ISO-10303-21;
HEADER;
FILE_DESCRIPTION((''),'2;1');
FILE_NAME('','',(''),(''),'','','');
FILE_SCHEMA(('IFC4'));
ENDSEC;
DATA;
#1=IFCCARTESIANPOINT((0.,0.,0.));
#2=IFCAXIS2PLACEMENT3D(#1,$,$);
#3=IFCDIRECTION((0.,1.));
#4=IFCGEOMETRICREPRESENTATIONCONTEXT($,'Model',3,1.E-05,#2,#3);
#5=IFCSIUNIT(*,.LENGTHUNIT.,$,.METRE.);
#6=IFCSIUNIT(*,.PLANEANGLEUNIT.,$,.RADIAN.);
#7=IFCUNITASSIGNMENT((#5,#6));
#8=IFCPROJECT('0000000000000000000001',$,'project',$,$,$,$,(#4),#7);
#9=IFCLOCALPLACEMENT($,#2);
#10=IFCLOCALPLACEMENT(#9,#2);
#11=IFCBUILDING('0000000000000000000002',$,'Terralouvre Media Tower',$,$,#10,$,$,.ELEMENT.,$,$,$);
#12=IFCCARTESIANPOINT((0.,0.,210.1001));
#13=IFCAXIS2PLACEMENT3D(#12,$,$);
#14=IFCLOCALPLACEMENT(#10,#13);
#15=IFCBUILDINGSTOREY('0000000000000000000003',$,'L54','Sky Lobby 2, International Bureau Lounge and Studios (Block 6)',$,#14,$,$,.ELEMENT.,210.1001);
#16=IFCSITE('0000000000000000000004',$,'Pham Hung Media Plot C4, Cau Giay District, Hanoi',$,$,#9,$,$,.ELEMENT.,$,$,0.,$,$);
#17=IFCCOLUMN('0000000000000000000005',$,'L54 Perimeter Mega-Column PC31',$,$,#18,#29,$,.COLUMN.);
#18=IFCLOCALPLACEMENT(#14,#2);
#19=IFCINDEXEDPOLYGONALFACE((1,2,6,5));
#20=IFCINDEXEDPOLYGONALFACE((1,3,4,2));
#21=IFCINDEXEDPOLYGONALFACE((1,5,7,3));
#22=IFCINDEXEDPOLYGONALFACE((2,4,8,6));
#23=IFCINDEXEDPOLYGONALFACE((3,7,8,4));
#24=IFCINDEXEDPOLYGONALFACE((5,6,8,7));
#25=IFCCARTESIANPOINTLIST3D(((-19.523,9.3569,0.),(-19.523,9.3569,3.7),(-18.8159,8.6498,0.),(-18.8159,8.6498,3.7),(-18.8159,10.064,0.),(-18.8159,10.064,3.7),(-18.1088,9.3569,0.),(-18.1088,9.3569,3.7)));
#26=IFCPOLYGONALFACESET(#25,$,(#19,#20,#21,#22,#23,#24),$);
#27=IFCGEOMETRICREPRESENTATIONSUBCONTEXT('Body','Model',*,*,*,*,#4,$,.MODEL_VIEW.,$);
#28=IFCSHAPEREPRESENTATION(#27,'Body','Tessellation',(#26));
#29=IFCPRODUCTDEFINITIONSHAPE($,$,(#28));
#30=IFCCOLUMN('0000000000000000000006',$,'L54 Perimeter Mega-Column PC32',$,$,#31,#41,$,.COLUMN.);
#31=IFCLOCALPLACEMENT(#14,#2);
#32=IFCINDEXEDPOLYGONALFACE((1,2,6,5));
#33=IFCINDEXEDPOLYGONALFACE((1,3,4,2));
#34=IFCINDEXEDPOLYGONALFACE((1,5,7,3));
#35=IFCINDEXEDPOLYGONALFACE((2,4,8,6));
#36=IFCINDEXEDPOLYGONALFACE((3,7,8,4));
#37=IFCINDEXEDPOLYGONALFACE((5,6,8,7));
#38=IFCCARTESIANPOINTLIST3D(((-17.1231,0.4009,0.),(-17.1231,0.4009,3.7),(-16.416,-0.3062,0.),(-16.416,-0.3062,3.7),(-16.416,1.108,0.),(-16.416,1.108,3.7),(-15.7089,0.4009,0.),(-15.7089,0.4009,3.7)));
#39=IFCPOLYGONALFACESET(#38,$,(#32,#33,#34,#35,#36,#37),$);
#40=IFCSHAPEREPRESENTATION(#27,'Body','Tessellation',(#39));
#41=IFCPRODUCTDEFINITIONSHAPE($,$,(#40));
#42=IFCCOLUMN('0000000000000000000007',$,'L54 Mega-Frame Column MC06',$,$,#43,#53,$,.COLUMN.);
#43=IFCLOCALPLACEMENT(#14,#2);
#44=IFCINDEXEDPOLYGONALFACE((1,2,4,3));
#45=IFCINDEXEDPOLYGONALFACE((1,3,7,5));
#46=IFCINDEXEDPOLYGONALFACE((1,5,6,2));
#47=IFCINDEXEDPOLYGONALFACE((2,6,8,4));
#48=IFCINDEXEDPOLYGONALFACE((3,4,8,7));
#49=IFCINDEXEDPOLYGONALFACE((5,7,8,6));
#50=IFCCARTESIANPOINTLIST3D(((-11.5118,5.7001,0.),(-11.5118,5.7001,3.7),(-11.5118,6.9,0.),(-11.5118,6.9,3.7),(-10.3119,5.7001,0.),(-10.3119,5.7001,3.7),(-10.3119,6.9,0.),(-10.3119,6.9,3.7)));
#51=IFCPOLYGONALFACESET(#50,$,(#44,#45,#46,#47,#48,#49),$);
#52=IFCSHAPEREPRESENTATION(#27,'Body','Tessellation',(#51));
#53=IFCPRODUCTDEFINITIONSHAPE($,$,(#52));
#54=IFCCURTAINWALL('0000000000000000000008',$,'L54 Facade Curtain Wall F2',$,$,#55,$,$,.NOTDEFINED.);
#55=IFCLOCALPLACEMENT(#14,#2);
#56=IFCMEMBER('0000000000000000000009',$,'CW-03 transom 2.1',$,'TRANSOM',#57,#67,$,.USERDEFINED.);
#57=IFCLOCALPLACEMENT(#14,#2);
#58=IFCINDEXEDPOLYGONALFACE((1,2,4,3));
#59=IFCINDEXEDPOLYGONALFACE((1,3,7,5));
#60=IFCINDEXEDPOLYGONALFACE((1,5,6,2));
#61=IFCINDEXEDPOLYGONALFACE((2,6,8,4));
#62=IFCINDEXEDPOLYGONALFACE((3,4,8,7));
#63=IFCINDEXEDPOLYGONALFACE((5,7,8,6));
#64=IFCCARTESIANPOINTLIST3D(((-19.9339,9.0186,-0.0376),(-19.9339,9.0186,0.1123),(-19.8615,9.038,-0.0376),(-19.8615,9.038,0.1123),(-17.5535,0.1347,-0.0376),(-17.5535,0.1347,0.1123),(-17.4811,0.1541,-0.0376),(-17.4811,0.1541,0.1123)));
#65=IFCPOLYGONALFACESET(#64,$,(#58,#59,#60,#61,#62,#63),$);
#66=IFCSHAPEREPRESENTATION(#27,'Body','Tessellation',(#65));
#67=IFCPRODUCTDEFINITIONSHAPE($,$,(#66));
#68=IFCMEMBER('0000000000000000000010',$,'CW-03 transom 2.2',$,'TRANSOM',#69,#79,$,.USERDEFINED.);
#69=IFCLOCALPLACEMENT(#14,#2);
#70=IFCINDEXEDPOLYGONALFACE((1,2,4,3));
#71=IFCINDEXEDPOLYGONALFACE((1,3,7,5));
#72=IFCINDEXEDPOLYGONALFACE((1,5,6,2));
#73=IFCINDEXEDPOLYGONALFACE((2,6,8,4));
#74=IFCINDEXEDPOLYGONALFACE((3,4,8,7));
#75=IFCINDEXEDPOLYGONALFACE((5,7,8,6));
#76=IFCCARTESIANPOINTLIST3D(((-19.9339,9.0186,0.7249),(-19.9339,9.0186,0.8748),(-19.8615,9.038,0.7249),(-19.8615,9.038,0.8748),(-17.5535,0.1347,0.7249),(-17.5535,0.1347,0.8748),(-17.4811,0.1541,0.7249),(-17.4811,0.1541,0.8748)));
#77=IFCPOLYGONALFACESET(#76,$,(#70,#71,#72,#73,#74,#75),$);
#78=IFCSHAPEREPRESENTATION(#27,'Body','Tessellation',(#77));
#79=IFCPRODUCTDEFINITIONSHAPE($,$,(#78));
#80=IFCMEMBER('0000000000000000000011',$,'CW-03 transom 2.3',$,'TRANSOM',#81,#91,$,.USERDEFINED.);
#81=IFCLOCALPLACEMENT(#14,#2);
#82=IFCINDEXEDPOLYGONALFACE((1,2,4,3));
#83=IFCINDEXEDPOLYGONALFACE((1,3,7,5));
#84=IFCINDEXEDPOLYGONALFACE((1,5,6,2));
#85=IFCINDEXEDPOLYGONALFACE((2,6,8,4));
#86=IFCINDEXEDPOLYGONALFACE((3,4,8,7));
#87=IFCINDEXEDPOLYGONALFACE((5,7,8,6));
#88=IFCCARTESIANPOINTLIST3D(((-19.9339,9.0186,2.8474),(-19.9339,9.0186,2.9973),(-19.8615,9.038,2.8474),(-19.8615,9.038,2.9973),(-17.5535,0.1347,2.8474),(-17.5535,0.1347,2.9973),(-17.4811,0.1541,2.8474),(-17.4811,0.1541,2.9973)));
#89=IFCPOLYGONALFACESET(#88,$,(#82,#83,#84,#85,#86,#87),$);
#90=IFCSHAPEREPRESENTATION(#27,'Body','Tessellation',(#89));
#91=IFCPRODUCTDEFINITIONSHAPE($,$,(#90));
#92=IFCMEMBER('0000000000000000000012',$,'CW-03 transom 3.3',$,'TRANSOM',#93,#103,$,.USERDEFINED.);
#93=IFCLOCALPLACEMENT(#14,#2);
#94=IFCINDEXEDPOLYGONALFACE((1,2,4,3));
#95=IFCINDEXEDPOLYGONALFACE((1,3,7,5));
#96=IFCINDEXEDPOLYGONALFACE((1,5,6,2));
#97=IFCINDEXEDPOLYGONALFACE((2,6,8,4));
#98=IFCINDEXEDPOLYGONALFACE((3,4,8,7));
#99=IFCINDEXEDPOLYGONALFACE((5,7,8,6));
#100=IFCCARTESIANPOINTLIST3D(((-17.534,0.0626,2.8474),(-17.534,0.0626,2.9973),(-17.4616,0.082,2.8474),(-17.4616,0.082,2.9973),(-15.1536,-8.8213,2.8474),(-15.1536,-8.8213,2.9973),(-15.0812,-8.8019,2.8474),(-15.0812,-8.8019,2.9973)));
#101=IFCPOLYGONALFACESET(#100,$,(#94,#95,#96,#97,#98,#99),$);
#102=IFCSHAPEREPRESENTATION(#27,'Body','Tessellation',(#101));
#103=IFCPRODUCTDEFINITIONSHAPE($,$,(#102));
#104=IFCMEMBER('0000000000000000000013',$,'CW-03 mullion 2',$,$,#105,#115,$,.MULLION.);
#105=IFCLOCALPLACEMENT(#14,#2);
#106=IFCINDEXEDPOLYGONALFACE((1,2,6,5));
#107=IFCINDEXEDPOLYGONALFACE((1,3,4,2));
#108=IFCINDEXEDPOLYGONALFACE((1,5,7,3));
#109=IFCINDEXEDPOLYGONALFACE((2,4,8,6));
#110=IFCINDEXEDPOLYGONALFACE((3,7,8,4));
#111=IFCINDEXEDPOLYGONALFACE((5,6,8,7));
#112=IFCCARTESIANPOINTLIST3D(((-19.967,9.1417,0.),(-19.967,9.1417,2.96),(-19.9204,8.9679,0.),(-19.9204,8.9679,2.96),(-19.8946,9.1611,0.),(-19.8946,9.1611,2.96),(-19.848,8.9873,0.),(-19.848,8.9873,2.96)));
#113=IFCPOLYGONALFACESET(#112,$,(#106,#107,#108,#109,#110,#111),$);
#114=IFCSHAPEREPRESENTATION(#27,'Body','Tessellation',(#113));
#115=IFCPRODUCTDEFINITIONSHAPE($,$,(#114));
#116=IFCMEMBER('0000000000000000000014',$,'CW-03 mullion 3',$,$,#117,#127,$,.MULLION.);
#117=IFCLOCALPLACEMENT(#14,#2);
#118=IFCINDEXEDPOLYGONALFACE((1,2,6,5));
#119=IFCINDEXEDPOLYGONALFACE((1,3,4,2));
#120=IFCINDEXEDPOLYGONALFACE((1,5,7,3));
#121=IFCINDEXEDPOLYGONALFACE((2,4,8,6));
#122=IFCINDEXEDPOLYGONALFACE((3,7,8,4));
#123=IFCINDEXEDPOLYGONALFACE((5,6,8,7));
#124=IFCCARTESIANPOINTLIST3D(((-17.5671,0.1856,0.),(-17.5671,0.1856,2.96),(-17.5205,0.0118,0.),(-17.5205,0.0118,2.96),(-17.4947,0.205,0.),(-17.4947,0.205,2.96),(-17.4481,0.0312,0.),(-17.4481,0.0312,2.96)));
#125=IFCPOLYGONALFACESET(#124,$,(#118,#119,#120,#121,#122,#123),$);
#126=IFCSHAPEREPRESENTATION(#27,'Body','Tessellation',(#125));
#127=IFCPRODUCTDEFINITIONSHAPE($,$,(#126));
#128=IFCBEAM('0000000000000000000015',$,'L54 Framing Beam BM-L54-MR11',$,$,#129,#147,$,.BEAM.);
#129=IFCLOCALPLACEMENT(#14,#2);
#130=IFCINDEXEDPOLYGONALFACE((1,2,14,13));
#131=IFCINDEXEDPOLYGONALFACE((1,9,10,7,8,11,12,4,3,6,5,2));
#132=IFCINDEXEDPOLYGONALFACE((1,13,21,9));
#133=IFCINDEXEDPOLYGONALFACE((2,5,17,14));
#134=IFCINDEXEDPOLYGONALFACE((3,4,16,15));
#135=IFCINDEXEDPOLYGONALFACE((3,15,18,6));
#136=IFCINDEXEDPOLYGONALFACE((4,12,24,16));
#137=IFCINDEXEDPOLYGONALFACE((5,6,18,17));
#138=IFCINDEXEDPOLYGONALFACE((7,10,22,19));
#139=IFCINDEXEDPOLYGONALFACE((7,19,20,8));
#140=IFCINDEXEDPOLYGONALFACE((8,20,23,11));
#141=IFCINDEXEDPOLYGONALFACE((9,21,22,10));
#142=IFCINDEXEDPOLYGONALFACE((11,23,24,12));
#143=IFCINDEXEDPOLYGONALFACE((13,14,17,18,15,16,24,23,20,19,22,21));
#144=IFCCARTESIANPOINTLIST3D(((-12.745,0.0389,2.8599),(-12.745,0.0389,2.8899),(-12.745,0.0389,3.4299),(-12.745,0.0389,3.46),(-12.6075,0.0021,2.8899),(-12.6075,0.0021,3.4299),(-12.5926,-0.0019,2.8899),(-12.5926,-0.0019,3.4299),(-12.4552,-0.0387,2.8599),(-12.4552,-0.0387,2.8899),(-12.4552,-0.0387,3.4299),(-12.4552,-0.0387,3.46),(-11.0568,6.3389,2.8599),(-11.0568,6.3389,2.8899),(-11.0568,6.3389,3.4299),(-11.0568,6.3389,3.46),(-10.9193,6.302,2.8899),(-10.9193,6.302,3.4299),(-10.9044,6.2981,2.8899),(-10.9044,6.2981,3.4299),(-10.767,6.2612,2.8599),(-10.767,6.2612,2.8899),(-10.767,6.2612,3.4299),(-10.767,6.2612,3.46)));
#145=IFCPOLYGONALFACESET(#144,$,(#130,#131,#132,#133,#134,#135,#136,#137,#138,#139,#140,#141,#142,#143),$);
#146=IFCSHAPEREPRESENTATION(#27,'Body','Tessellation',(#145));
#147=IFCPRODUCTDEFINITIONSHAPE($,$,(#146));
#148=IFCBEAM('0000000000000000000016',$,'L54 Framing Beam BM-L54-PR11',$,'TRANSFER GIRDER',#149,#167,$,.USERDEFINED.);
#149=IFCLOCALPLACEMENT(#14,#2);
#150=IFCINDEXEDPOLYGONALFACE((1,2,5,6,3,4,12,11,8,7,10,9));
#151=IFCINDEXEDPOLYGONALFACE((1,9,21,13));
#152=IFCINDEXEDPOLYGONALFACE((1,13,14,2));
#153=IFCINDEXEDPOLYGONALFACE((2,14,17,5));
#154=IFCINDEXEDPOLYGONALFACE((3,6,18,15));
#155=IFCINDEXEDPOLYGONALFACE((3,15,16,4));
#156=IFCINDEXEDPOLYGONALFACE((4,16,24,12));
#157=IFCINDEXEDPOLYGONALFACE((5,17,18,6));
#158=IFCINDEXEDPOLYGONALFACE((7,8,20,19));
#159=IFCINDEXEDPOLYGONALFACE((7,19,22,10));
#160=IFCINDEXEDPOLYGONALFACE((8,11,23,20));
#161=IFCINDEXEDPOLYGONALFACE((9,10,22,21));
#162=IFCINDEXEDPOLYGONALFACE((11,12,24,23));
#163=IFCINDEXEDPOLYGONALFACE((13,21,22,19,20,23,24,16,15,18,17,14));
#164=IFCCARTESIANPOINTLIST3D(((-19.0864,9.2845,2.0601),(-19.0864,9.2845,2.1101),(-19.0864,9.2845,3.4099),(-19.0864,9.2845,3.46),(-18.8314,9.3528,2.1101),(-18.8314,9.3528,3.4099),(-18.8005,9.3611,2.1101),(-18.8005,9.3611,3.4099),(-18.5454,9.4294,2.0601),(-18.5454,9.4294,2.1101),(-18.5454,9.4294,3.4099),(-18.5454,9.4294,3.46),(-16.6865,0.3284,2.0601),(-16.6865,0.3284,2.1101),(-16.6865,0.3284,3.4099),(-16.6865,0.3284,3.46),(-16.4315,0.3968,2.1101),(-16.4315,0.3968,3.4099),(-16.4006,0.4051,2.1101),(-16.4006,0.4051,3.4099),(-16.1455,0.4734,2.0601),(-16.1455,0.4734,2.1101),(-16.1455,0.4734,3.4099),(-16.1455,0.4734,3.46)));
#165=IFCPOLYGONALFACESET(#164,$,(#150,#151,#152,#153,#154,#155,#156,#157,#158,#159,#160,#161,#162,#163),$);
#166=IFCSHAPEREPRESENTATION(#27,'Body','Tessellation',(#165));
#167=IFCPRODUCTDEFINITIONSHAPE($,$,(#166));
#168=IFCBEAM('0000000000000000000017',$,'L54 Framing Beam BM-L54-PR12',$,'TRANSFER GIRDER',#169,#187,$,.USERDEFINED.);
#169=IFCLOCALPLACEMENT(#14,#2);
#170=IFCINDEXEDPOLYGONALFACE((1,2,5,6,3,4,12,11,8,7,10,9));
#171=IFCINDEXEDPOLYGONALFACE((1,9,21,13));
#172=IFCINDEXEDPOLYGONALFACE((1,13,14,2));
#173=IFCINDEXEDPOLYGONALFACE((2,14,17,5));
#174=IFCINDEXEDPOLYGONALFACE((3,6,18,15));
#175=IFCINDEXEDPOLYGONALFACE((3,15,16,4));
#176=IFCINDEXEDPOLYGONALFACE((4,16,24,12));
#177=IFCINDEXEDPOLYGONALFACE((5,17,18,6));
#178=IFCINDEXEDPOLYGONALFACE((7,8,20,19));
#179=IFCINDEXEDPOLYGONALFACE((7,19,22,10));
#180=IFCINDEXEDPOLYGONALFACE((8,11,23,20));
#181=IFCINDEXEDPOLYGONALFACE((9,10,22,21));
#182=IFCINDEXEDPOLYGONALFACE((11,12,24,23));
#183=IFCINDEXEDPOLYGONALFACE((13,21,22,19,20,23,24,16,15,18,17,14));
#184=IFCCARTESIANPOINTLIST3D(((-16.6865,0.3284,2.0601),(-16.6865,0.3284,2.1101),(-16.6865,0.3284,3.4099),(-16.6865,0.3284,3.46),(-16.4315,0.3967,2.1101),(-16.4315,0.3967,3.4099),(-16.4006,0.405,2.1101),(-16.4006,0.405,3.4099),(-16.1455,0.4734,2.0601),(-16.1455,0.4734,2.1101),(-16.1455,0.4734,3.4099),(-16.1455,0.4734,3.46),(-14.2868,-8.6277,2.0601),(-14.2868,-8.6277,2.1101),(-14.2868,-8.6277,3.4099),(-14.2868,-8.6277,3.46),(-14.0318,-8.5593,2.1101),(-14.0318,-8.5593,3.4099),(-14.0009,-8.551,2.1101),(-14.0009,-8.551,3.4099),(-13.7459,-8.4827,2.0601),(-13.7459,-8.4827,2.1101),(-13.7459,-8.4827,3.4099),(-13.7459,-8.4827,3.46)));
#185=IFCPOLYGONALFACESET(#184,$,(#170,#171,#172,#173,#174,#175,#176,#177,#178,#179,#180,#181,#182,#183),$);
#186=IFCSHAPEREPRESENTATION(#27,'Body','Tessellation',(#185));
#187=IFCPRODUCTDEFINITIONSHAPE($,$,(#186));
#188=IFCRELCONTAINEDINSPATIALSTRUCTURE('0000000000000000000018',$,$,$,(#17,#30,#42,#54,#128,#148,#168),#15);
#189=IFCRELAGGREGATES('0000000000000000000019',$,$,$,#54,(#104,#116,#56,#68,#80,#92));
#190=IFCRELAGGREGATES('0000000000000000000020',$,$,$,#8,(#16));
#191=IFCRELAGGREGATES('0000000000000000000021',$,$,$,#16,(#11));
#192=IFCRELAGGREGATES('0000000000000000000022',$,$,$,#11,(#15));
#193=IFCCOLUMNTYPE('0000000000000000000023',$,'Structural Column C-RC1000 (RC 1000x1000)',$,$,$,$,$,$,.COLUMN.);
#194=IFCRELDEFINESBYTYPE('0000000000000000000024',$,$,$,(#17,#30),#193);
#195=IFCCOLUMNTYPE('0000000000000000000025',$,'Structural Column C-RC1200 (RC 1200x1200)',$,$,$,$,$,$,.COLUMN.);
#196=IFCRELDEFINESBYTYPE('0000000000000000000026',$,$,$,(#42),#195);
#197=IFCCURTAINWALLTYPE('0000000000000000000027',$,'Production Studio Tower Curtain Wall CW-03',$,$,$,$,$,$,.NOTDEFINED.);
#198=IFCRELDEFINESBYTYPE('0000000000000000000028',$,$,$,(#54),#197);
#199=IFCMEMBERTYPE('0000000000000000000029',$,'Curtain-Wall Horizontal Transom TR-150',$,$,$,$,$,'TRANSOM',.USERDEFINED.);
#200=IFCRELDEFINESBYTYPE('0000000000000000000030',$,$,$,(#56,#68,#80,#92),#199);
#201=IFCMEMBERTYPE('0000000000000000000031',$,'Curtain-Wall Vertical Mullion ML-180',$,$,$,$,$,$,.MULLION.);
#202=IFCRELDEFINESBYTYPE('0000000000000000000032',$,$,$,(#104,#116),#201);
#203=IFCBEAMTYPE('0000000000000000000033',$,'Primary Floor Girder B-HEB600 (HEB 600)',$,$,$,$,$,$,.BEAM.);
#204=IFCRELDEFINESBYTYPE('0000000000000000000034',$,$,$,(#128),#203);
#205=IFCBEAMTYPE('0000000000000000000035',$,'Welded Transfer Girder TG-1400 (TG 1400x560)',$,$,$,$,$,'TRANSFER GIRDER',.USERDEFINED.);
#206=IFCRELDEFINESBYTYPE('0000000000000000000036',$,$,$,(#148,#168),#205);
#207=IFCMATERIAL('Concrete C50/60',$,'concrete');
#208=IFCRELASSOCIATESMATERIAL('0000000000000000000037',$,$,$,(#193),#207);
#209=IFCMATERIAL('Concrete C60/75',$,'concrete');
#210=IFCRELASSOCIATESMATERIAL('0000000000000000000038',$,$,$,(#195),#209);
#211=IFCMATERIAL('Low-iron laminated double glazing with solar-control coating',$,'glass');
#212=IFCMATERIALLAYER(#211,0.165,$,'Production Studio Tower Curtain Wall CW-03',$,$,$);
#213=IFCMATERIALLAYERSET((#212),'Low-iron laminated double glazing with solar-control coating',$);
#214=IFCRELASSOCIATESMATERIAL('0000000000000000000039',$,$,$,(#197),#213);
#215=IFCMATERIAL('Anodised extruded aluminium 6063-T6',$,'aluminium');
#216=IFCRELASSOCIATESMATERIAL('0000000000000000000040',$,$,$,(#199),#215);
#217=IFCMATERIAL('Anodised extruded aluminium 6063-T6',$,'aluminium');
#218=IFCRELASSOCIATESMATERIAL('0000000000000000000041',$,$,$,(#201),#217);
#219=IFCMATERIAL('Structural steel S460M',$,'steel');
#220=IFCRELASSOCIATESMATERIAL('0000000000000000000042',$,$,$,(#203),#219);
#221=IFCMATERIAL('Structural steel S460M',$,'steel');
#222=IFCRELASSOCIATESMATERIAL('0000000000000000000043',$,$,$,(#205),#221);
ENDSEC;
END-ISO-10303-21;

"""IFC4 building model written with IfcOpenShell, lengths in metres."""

from ifc_helpers import new_model, si_unit, direction, frame, origin, origin_2d, place, context, subcontext, project, spatial, rectangle, i_section, extrude, material, layer, layer_set, material_profile, profile_set, type_object, element, aggregate, save


model = new_model("IFC4")

# Units and contexts
model_context = context("Model", 3, precision=1e-05, world=origin(), true_north=direction((0.0, 1.0)))
body_context = subcontext(model_context, "Body", "Model", "MODEL_VIEW")
ifc_project = project(units=[si_unit("LENGTHUNIT", "METRE"), si_unit("PLANEANGLEUNIT", "RADIAN")], contexts=[model_context])

# Site, building, storey
site_placement = place(None, origin())
site = spatial("IfcSite", under=ifc_project, at=site_placement, Name="Pham Hung Media Plot C4, Cau Giay District, Hanoi", CompositionType="ELEMENT", RefElevation=0.0)
building_placement = place(site_placement, origin())
building = spatial("IfcBuilding", under=site, at=building_placement, Name="Terralouvre Media Tower", CompositionType="ELEMENT")
storey_placement = place(building_placement, frame((0.0, 0.0, 210.1001)))
storey = spatial("IfcBuildingStorey", under=building, at=storey_placement, Name="L54", Description="Sky Lobby 2, International Bureau Lounge and Studios (Block 6)", CompositionType="ELEMENT", Elevation=210.1001)

# Columns
ifc_material_1 = material(Name="Concrete C50/60", Category="concrete")
ifc_material_profile_1 = material_profile(ifc_material_1, rectangle(XDim=1.0, YDim=1.0, at=origin_2d()), Name="RC 1000x1000")
ifc_profile_set_1 = profile_set([ifc_material_profile_1], Name="Concrete C50/60")
column_type_1 = type_object("IfcColumnType", Name="Structural Column C-RC1000 (RC 1000x1000)", PredefinedType="COLUMN", material=ifc_profile_set_1)
for number, where, z_axis, x_axis, name in (
    (1, (-18.8159, 9.3569, 0.0), (0.0, 0.0, 1.0), (0.707107, 0.707107, 0.0), "L54 Perimeter Mega-Column PC31"),
    (2, (-16.416, 0.4009, 0.0), (0.0, 0.0, 1.0), (0.707107, 0.707107, 0.0), "L54 Perimeter Mega-Column PC32"),
):
    element("IfcColumn", number, at=place(storey_placement, frame(where, z_axis=z_axis, x_axis=x_axis)), inside=storey, type_object=column_type_1, Name=name, PredefinedType="COLUMN", context=body_context, shape_type="SweptSolid", body=[
        extrude(rectangle(XDim=1.0, YDim=1.0, at=origin_2d()), origin(), (0.0, 0.0, 1.0), 3.7),
    ])
ifc_material_2 = material(Name="Concrete C60/75", Category="concrete")
ifc_material_profile_2 = material_profile(ifc_material_2, rectangle(XDim=1.2, YDim=1.2, at=origin_2d()), Name="RC 1200x1200")
ifc_profile_set_2 = profile_set([ifc_material_profile_2], Name="Concrete C60/75")
column_type_2 = type_object("IfcColumnType", Name="Structural Column C-RC1200 (RC 1200x1200)", PredefinedType="COLUMN", material=ifc_profile_set_2)
column_placement = place(storey_placement, frame((-10.9119, 6.3, 0.0), z_axis=(0.0, 0.0, 1.0), x_axis=(1.0, 0.0, 0.0)))
element("IfcColumn", 3, at=column_placement, inside=storey, type_object=column_type_2, Name="L54 Mega-Frame Column MC06", PredefinedType="COLUMN", context=body_context, shape_type="SweptSolid", body=[
    extrude(rectangle(XDim=1.2, YDim=1.2, at=origin_2d()), origin(), (0.0, 0.0, 1.0), 3.7),
])

# Curtain wall, members
ifc_material_3 = material(Name="Low-iron laminated double glazing with solar-control coating", Category="glass")
ifc_layer_1 = layer(ifc_material_3, 0.165, Name="Production Studio Tower Curtain Wall CW-03")
ifc_layer_set_1 = layer_set([ifc_layer_1], Name="Low-iron laminated double glazing with solar-control coating")
curtain_wall_type = type_object("IfcCurtainWallType", Name="Production Studio Tower Curtain Wall CW-03", PredefinedType="NOTDEFINED", material=ifc_layer_set_1)
curtain_wall_placement = place(storey_placement, origin())
curtain_wall = element("IfcCurtainWall", 4, at=curtain_wall_placement, inside=storey, type_object=curtain_wall_type, Name="L54 Facade Curtain Wall F2", PredefinedType="NOTDEFINED")
ifc_material_4 = material(Name="Anodised extruded aluminium 6063-T6", Category="aluminium")
ifc_material_profile_3 = material_profile(ifc_material_4, rectangle(XDim=0.075, YDim=0.1499, at=origin_2d()), Name="ALU 75x150")
ifc_profile_set_3 = profile_set([ifc_material_profile_3], Name="Anodised extruded aluminium 6063-T6")
member_type_1 = type_object("IfcMemberType", Name="Curtain-Wall Horizontal Transom TR-150", ElementType="TRANSOM", PredefinedType="USERDEFINED", material=ifc_profile_set_3)
member_1_placement = place(storey_placement, frame((-19.8977, 9.0283, 0.0374), z_axis=(0.258816, -0.965927, 0.0), x_axis=(0.965927, 0.258816, 0.0)))
member_1 = element("IfcMember", 5, at=member_1_placement, type_object=member_type_1, Name="CW-03 transom 2.1", ObjectType="TRANSOM", PredefinedType="USERDEFINED", context=body_context, shape_type="SweptSolid", body=[
    extrude(rectangle(XDim=0.075, YDim=0.1499, at=origin_2d()), origin(), (0.0, 0.0, 1.0), 9.1973),
])
member_2_placement = place(storey_placement, frame((-19.8977, 9.0283, 0.7998), z_axis=(0.258816, -0.965927, 0.0), x_axis=(0.965927, 0.258816, 0.0)))
member_2 = element("IfcMember", 6, at=member_2_placement, type_object=member_type_1, Name="CW-03 transom 2.2", ObjectType="TRANSOM", PredefinedType="USERDEFINED", context=body_context, shape_type="SweptSolid", body=[
    extrude(rectangle(XDim=0.075, YDim=0.1499, at=origin_2d()), origin(), (0.0, 0.0, 1.0), 9.1973),
])
member_3_placement = place(storey_placement, frame((-19.8977, 9.0283, 2.9224), z_axis=(0.258816, -0.965927, 0.0), x_axis=(0.965927, 0.258816, 0.0)))
member_3 = element("IfcMember", 7, at=member_3_placement, type_object=member_type_1, Name="CW-03 transom 2.3", ObjectType="TRANSOM", PredefinedType="USERDEFINED", context=body_context, shape_type="SweptSolid", body=[
    extrude(rectangle(XDim=0.075, YDim=0.1499, at=origin_2d()), origin(), (0.0, 0.0, 1.0), 9.1973),
])
member_4_placement = place(storey_placement, frame((-17.4978, 0.0723, 2.9224), z_axis=(0.258816, -0.965927, 0.0), x_axis=(0.965927, 0.258816, 0.0)))
member_4 = element("IfcMember", 8, at=member_4_placement, type_object=member_type_1, Name="CW-03 transom 3.3", ObjectType="TRANSOM", PredefinedType="USERDEFINED", context=body_context, shape_type="SweptSolid", body=[
    extrude(rectangle(XDim=0.075, YDim=0.1499, at=origin_2d()), origin(), (0.0, 0.0, 1.0), 9.1973),
])
ifc_material_5 = material(Name="Anodised extruded aluminium 6063-T6", Category="aluminium")
ifc_material_profile_4 = material_profile(ifc_material_5, rectangle(XDim=0.075, YDim=0.1799, at=origin_2d()), Name="ALU 75x180")
ifc_profile_set_4 = profile_set([ifc_material_profile_4], Name="Anodised extruded aluminium 6063-T6")
member_type_2 = type_object("IfcMemberType", Name="Curtain-Wall Vertical Mullion ML-180", PredefinedType="MULLION", material=ifc_profile_set_4)
member_5_placement = place(storey_placement, frame((-19.9075, 9.0645, 0.0), z_axis=(0.0, 0.0, 1.0), x_axis=(0.965926, 0.258819, 0.0)))
member_5 = element("IfcMember", 9, at=member_5_placement, type_object=member_type_2, Name="CW-03 mullion 2", PredefinedType="MULLION", context=body_context, shape_type="SweptSolid", body=[
    extrude(rectangle(XDim=0.075, YDim=0.1799, at=origin_2d()), origin(), (0.0, 0.0, 1.0), 2.96),
])
member_6_placement = place(storey_placement, frame((-17.5076, 0.1084, 0.0), z_axis=(0.0, 0.0, 1.0), x_axis=(0.965926, 0.258819, 0.0)))
member_6 = element("IfcMember", 10, at=member_6_placement, type_object=member_type_2, Name="CW-03 mullion 3", PredefinedType="MULLION", context=body_context, shape_type="SweptSolid", body=[
    extrude(rectangle(XDim=0.075, YDim=0.1799, at=origin_2d()), origin(), (0.0, 0.0, 1.0), 2.96),
])

# Beams
ifc_material_6 = material(Name="Structural steel S460M", Category="steel")
ifc_material_profile_5 = material_profile(ifc_material_6, i_section(OverallWidth=0.3, OverallDepth=0.6001, WebThickness=0.0154, FlangeThickness=0.03, at=origin_2d()), Name="HEB 600")
ifc_profile_set_5 = profile_set([ifc_material_profile_5], Name="Structural steel S460M")
beam_type_1 = type_object("IfcBeamType", Name="Primary Floor Girder B-HEB600 (HEB 600)", PredefinedType="BEAM", material=ifc_profile_set_5)
beam_1_placement = place(storey_placement, frame((-10.9119, 6.3, 3.1599), z_axis=(-0.258839, -0.96592, 0.0), x_axis=(0.96592, -0.258839, 0.0)))
element("IfcBeam", 11, at=beam_1_placement, inside=storey, type_object=beam_type_1, Name="L54 Framing Beam BM-L54-MR11", PredefinedType="BEAM", context=body_context, shape_type="SweptSolid", body=[
    extrude(i_section(OverallWidth=0.3, OverallDepth=0.6001, WebThickness=0.0154, FlangeThickness=0.03, at=origin_2d()), origin(), (0.0, 0.0, 1.0), 6.5222),
])
ifc_material_7 = material(Name="Structural steel S460M", Category="steel")
ifc_material_profile_6 = material_profile(ifc_material_7, i_section(OverallWidth=0.5601, OverallDepth=1.3999, WebThickness=0.032, FlangeThickness=0.05, at=origin_2d()), Name="TG 1400x560")
ifc_profile_set_6 = profile_set([ifc_material_profile_6], Name="Structural steel S460M")
beam_type_2 = type_object("IfcBeamType", Name="Welded Transfer Girder TG-1400 (TG 1400x560)", ElementType="TRANSFER GIRDER", PredefinedType="USERDEFINED", material=ifc_profile_set_6)
for number, where, z_axis, x_axis, name in (
    (12, (-18.8159, 9.3569, 2.76), (0.258833, -0.965922, 0.0), (0.965922, 0.258833, 0.0), "L54 Framing Beam BM-L54-PR11"),
    (13, (-16.416, 0.4009, 2.76), (0.258808, -0.965929, 0.0), (0.965929, 0.258808, 0.0), "L54 Framing Beam BM-L54-PR12"),
):
    element("IfcBeam", number, at=place(storey_placement, frame(where, z_axis=z_axis, x_axis=x_axis)), inside=storey, type_object=beam_type_2, Name=name, ObjectType="TRANSFER GIRDER", PredefinedType="USERDEFINED", context=body_context, shape_type="SweptSolid", body=[
        extrude(i_section(OverallWidth=0.5601, OverallDepth=1.3999, WebThickness=0.032, FlangeThickness=0.05, at=origin_2d()), origin(), (0.0, 0.0, 1.0), 9.272),
    ])

aggregate(curtain_wall, [member_5, member_6, member_1, member_2, member_3, member_4])

save(model, "model.ifc")
